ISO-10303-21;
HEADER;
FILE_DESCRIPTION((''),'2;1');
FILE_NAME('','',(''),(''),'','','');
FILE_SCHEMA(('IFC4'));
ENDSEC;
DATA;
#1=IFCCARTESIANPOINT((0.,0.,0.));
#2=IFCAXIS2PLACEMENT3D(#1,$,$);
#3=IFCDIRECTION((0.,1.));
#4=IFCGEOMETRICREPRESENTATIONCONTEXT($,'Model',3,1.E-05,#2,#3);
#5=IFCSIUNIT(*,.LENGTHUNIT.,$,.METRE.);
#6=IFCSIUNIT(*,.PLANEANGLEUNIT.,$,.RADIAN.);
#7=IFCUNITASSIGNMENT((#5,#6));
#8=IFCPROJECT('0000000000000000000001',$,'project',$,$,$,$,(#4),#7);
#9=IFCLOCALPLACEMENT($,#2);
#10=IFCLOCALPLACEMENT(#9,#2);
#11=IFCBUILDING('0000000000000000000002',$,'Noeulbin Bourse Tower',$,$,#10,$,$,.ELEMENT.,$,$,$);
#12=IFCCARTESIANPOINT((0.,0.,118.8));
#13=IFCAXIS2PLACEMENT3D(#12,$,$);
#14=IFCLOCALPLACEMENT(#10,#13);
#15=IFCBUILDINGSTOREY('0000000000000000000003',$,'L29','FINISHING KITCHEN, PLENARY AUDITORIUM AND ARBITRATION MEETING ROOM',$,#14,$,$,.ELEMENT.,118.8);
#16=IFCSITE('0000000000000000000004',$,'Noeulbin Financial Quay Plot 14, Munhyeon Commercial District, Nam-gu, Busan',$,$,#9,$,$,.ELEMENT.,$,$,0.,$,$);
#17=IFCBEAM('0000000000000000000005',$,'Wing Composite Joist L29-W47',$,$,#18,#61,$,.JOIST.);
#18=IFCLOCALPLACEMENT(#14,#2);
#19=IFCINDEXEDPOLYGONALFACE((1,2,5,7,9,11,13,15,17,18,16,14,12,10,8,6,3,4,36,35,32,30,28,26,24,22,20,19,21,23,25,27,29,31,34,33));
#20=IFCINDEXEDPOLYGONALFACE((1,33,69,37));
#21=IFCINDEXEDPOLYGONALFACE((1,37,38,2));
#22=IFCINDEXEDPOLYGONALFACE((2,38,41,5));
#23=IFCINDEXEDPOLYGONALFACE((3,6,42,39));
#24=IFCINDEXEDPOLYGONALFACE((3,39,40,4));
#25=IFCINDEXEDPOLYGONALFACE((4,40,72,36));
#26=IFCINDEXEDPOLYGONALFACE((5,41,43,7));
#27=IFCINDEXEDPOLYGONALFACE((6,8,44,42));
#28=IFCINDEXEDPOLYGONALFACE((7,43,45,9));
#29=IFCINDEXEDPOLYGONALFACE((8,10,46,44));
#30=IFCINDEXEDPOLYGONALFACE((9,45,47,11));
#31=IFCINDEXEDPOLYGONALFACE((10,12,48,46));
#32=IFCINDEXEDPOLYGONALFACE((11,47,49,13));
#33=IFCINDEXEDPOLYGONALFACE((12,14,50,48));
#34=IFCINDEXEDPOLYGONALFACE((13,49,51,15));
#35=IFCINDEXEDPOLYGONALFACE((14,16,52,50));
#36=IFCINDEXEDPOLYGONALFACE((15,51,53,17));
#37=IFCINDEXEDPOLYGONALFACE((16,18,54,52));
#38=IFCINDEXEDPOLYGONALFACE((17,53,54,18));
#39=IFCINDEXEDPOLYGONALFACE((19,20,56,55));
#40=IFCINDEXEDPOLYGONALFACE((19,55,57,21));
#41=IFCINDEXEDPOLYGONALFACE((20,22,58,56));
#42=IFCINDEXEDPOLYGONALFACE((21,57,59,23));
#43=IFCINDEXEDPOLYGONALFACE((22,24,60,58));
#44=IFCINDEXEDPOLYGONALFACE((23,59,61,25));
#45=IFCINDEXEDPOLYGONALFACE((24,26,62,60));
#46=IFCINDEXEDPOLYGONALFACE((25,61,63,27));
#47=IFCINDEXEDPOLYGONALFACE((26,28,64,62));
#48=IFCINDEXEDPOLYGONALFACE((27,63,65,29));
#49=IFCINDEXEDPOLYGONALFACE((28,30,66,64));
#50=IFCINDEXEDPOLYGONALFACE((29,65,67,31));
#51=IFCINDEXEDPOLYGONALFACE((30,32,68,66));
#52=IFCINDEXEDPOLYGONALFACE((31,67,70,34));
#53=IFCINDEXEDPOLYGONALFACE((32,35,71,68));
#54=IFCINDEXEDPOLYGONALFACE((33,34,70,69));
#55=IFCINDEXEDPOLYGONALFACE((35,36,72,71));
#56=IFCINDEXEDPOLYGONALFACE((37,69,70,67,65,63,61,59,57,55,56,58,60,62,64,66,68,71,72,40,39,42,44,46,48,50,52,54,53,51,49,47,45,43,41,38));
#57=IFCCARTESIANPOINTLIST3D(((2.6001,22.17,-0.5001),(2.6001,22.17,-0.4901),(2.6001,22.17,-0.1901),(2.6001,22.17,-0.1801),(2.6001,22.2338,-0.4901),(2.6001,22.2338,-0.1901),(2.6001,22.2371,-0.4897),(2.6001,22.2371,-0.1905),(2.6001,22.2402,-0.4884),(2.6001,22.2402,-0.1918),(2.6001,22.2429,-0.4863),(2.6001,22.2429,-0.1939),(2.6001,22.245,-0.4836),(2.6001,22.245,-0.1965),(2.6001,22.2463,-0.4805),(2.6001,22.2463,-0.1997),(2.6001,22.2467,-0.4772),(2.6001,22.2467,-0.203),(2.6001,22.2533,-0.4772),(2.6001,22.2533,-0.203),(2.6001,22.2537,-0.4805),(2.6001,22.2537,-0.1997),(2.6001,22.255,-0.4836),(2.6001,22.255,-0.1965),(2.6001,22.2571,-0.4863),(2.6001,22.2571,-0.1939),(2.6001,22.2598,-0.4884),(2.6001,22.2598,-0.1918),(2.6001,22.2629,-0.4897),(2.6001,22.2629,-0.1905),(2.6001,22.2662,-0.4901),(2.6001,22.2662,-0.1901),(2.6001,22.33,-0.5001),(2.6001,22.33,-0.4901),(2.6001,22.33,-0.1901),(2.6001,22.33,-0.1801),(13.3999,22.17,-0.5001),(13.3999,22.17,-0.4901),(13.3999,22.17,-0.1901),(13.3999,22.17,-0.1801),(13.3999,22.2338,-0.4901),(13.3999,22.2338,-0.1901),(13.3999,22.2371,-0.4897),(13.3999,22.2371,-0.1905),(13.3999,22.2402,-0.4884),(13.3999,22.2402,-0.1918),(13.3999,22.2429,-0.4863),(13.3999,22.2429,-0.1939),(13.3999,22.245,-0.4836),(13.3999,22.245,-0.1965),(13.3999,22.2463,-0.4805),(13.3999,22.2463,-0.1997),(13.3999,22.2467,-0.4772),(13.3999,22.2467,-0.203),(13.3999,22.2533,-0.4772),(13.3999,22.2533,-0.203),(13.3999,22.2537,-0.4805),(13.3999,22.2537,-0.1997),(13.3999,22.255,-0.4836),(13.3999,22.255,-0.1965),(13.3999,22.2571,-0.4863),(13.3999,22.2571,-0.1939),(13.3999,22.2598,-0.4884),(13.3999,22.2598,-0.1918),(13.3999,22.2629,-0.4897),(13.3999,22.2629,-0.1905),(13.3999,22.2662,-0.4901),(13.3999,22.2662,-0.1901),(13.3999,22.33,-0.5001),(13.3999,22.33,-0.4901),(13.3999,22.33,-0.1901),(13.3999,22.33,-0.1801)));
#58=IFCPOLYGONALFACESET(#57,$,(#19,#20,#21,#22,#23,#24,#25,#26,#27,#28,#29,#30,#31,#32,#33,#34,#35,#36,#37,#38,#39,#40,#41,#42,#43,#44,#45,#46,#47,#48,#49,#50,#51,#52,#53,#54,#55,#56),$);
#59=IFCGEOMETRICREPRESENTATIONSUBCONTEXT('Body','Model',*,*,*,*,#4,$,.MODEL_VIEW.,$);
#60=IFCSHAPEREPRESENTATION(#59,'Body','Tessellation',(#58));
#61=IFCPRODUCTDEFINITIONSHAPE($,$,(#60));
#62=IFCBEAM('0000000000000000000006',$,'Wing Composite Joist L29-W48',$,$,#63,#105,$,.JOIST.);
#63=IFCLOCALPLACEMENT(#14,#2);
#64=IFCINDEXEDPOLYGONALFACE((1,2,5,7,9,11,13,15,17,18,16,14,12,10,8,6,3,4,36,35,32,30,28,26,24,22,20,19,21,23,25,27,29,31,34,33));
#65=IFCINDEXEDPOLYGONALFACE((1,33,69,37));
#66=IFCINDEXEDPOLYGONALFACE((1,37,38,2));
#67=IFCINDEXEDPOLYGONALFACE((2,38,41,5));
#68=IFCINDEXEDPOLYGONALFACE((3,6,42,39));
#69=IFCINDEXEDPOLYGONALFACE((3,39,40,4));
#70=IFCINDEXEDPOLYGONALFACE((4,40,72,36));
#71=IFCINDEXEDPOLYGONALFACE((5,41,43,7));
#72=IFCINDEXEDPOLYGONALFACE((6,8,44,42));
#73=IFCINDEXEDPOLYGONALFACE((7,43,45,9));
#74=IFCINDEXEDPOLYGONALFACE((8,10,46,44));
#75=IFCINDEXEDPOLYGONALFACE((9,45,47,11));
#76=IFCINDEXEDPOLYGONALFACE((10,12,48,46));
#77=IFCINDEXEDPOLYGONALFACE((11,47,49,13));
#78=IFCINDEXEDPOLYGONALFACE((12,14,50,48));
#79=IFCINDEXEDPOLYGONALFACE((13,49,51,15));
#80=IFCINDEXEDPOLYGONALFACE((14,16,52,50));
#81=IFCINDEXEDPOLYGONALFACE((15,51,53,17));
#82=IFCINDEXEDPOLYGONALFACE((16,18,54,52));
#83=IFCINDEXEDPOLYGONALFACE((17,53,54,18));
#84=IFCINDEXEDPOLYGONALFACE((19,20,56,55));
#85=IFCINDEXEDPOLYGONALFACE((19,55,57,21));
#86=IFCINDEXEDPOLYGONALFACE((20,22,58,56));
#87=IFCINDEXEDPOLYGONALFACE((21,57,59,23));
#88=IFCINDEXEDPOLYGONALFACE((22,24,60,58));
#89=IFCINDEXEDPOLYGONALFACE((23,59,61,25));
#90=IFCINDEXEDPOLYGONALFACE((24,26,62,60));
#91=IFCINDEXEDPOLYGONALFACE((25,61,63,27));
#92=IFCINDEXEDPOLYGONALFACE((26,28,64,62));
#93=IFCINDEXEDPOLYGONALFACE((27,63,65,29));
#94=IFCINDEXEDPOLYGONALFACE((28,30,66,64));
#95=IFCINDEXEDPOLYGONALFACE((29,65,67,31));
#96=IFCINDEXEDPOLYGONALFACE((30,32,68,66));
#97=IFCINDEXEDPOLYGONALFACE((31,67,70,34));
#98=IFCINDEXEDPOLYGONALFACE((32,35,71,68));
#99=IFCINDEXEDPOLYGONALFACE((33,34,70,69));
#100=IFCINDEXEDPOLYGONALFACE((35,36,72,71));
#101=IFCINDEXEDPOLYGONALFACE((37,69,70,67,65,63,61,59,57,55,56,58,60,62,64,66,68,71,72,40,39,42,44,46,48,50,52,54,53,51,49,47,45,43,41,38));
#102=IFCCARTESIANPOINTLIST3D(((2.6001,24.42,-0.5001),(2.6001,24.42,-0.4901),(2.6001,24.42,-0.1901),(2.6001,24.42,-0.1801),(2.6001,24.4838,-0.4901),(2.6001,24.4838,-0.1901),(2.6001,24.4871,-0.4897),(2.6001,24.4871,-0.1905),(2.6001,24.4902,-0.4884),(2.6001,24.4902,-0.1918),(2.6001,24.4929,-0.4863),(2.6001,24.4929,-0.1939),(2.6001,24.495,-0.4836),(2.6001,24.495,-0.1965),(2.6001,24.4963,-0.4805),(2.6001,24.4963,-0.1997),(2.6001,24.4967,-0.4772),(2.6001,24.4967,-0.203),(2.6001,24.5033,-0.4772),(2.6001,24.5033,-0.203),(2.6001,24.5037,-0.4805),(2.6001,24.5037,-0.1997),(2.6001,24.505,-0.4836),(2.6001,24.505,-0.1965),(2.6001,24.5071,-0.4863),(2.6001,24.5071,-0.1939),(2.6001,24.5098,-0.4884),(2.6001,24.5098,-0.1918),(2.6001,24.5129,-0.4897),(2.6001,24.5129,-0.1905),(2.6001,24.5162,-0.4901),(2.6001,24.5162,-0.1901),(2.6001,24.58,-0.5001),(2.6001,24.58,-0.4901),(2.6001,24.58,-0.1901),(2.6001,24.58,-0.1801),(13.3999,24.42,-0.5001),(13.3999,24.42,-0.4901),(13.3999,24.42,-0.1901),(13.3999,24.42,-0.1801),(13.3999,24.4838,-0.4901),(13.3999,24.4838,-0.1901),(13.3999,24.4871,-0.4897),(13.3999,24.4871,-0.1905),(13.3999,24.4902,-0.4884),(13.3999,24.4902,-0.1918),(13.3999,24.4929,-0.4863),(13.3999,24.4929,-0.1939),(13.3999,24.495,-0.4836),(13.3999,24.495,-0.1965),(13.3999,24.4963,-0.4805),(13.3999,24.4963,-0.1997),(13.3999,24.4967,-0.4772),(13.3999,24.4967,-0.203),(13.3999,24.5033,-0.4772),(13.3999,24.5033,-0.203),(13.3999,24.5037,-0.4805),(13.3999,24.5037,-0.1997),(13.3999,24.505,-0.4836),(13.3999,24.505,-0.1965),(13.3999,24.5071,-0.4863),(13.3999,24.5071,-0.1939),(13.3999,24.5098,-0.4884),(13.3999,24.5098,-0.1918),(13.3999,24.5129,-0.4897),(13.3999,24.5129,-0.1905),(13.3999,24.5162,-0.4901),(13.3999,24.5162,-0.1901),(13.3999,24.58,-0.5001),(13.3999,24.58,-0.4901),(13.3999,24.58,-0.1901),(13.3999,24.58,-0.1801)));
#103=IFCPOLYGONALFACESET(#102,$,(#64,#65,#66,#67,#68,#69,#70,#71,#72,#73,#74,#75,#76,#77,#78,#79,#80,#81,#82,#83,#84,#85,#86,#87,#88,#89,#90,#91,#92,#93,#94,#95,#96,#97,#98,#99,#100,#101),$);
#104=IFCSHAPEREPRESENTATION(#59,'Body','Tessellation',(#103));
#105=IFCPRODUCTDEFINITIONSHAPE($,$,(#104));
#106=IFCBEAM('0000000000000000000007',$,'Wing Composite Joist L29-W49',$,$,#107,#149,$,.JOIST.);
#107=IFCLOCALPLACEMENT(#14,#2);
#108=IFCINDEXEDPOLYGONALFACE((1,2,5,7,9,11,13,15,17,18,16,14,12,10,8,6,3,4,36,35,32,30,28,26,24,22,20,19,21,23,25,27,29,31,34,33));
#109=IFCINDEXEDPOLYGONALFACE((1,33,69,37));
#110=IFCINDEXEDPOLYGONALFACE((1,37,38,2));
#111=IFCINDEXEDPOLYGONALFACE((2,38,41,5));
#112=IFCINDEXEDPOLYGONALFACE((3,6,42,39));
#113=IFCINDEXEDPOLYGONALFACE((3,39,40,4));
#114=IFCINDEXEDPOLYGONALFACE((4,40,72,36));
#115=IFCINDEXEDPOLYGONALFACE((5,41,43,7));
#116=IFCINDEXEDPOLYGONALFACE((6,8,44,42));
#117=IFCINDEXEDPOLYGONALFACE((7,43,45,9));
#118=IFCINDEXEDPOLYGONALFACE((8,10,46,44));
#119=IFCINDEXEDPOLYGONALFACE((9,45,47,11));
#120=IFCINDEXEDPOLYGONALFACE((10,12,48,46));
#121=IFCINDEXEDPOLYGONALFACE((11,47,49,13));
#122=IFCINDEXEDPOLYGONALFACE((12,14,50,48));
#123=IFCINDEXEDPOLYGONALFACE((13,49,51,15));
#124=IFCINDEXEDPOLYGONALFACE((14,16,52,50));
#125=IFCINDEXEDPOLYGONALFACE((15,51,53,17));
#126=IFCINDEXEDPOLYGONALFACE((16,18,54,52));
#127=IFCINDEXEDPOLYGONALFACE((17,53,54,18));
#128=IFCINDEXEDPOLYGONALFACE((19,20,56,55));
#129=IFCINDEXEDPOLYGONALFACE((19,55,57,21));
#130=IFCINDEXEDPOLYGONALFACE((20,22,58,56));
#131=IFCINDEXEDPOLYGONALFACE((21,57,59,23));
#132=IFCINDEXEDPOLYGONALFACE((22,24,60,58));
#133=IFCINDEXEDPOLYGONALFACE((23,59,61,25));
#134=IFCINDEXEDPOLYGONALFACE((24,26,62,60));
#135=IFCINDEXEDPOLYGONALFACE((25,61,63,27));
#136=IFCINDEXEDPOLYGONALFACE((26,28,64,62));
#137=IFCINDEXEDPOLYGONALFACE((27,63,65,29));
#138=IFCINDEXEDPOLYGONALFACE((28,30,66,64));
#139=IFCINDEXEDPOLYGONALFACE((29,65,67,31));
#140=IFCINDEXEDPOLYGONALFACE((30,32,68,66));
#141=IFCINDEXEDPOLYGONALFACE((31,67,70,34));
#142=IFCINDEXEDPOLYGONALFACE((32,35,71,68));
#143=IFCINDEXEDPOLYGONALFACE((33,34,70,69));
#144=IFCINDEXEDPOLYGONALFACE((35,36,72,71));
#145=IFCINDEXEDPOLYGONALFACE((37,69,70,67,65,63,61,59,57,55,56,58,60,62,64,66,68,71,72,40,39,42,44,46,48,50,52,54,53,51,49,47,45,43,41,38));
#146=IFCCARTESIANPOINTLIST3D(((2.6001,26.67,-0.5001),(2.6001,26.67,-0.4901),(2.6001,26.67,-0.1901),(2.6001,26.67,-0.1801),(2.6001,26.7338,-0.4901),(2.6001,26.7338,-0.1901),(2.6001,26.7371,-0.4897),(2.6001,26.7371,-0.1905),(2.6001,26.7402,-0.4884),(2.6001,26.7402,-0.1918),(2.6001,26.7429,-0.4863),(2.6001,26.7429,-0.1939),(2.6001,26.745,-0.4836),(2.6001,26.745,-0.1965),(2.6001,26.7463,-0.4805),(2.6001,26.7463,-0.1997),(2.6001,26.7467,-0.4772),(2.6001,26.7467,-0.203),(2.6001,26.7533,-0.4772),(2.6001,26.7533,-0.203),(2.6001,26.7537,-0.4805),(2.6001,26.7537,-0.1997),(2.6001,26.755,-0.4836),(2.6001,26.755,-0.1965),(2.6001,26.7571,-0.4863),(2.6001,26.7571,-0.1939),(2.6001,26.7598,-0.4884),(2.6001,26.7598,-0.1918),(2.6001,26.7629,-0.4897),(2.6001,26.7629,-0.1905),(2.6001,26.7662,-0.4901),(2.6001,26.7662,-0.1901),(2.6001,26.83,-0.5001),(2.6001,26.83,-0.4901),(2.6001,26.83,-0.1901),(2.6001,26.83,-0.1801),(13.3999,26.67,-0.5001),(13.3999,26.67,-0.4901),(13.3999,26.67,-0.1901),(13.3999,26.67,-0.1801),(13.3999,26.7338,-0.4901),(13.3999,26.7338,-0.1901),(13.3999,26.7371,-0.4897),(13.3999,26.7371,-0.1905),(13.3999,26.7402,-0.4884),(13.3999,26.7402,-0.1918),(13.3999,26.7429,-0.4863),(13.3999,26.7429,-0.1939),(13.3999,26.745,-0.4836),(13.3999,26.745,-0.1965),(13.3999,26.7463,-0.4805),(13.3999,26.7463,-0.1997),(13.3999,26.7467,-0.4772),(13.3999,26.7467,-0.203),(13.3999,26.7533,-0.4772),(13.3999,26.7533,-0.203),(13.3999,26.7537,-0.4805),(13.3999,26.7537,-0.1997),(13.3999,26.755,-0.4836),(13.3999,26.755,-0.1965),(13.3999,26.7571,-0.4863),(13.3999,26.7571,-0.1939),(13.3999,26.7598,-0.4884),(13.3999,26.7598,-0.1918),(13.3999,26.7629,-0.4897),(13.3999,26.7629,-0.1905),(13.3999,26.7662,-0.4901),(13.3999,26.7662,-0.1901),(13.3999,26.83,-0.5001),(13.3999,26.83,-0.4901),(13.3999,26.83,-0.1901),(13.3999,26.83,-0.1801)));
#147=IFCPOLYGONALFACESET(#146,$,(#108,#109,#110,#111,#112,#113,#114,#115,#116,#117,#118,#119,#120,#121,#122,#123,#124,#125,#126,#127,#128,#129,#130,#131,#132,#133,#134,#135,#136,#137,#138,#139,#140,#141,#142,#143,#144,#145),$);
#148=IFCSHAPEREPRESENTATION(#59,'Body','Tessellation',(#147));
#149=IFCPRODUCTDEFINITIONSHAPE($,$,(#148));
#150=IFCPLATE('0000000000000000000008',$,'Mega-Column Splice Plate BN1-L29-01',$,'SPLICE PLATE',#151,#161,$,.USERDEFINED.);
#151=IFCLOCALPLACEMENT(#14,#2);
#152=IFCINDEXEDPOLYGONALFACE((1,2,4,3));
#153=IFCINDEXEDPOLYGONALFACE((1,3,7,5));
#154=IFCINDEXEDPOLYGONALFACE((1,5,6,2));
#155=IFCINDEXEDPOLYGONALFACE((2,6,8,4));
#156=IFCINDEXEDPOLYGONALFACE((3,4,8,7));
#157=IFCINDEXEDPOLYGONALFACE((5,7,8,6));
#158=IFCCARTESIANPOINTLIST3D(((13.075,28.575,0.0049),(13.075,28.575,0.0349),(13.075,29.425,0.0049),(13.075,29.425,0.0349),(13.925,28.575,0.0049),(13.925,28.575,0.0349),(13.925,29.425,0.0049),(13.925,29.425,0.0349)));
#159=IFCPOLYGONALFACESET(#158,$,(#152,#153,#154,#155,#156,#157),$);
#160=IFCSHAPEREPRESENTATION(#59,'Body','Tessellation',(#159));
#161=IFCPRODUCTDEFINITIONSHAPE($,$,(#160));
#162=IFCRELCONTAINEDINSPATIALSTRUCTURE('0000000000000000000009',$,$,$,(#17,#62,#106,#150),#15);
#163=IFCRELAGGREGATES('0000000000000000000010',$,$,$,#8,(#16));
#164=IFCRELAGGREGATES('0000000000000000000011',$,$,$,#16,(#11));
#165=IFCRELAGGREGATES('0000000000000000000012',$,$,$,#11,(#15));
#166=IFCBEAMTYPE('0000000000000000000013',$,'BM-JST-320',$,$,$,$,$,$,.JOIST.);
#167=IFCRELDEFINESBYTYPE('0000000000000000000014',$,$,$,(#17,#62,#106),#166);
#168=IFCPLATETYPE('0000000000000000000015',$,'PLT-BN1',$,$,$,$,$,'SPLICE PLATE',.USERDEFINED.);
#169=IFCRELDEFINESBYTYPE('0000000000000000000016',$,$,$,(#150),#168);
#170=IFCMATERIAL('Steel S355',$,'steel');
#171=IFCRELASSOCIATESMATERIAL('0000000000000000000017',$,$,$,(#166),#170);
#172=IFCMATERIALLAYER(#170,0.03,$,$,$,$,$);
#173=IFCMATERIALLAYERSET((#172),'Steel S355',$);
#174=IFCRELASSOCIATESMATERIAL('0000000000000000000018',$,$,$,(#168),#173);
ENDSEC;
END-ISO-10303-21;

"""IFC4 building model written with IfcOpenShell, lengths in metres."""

from ifc_helpers import new_model, si_unit, direction, frame, origin, origin_2d, place, context, subcontext, project, spatial, rectangle, i_section, extrude, material, layer, layer_set, material_profile, profile_set, type_object, element, save


model = new_model("IFC4")

# Units and contexts
model_context = context("Model", 3, precision=1e-05, world=origin(), true_north=direction((0.0, 1.0)))
body_context = subcontext(model_context, "Body", "Model", "MODEL_VIEW")
ifc_project = project(units=[si_unit("LENGTHUNIT", "METRE"), si_unit("PLANEANGLEUNIT", "RADIAN")], contexts=[model_context])

# Site, building, storey
site_placement = place(None, origin())
site = spatial("IfcSite", under=ifc_project, at=site_placement, Name="Noeulbin Financial Quay Plot 14, Munhyeon Commercial District, Nam-gu, Busan", CompositionType="ELEMENT", RefElevation=0.0)
building_placement = place(site_placement, origin())
building = spatial("IfcBuilding", under=site, at=building_placement, Name="Noeulbin Bourse Tower", CompositionType="ELEMENT")
storey_placement = place(building_placement, frame((0.0, 0.0, 118.8)))
storey = spatial("IfcBuildingStorey", under=building, at=storey_placement, Name="L29", Description="FINISHING KITCHEN, PLENARY AUDITORIUM AND ARBITRATION MEETING ROOM", CompositionType="ELEMENT", Elevation=118.8)

# Beams
ifc_material_1 = material(Name="Steel S355", Category="steel")
ifc_material_profile_1 = material_profile(ifc_material_1, i_section(OverallWidth=0.1599, OverallDepth=0.3201, WebThickness=0.0066, FlangeThickness=0.01, FilletRadius=0.0129, at=origin_2d()), Name="H-320x160x6.5x10", Category="LoadBearing")
ifc_profile_set_1 = profile_set([ifc_material_profile_1], Name="Steel S355")
beam_type_1 = type_object("IfcBeamType", Name="BM-JST-320", PredefinedType="JOIST", material=ifc_profile_set_1)
for number, where, z_axis, x_axis, name in (
    (1, (2.6001, 22.25, -0.3401), (1.0, 0.0, 0.0), (0.0, 1.0, 0.0), "Wing Composite Joist L29-W47"),
    (2, (2.6001, 24.5, -0.3401), (1.0, 0.0, 0.0), (0.0, 1.0, 0.0), "Wing Composite Joist L29-W48"),
    (3, (2.6001, 26.75, -0.3401), (1.0, 0.0, 0.0), (0.0, 1.0, 0.0), "Wing Composite Joist L29-W49"),
):
    element("IfcBeam", number, at=place(storey_placement, frame(where, z_axis=z_axis, x_axis=x_axis)), inside=storey, type_object=beam_type_1, Name=name, PredefinedType="JOIST", context=body_context, shape_type="SweptSolid", body=[
        extrude(i_section(OverallWidth=0.1599, OverallDepth=0.3201, WebThickness=0.0066, FlangeThickness=0.01, FilletRadius=0.0129, at=origin_2d()), origin(), (0.0, 0.0, 1.0), 10.7998),
    ])

# Plate
ifc_layer_1 = layer(ifc_material_1, 0.03)
ifc_layer_set_1 = layer_set([ifc_layer_1], Name="Steel S355")
plate_type = type_object("IfcPlateType", Name="PLT-BN1", ElementType="SPLICE PLATE", PredefinedType="USERDEFINED", material=ifc_layer_set_1)
plate_placement = place(storey_placement, frame((13.5, 29.0, 0.0049), z_axis=(0.0, 0.0, 1.0), x_axis=(1.0, 0.0, 0.0)))
element("IfcPlate", 4, at=plate_placement, inside=storey, type_object=plate_type, Name="Mega-Column Splice Plate BN1-L29-01", ObjectType="SPLICE PLATE", PredefinedType="USERDEFINED", context=body_context, shape_type="SweptSolid", body=[
    extrude(rectangle(XDim=0.8501, YDim=0.8501, at=origin_2d()), origin(), (0.0, 0.0, 1.0), 0.03),
])

save(model, "model.ifc")
